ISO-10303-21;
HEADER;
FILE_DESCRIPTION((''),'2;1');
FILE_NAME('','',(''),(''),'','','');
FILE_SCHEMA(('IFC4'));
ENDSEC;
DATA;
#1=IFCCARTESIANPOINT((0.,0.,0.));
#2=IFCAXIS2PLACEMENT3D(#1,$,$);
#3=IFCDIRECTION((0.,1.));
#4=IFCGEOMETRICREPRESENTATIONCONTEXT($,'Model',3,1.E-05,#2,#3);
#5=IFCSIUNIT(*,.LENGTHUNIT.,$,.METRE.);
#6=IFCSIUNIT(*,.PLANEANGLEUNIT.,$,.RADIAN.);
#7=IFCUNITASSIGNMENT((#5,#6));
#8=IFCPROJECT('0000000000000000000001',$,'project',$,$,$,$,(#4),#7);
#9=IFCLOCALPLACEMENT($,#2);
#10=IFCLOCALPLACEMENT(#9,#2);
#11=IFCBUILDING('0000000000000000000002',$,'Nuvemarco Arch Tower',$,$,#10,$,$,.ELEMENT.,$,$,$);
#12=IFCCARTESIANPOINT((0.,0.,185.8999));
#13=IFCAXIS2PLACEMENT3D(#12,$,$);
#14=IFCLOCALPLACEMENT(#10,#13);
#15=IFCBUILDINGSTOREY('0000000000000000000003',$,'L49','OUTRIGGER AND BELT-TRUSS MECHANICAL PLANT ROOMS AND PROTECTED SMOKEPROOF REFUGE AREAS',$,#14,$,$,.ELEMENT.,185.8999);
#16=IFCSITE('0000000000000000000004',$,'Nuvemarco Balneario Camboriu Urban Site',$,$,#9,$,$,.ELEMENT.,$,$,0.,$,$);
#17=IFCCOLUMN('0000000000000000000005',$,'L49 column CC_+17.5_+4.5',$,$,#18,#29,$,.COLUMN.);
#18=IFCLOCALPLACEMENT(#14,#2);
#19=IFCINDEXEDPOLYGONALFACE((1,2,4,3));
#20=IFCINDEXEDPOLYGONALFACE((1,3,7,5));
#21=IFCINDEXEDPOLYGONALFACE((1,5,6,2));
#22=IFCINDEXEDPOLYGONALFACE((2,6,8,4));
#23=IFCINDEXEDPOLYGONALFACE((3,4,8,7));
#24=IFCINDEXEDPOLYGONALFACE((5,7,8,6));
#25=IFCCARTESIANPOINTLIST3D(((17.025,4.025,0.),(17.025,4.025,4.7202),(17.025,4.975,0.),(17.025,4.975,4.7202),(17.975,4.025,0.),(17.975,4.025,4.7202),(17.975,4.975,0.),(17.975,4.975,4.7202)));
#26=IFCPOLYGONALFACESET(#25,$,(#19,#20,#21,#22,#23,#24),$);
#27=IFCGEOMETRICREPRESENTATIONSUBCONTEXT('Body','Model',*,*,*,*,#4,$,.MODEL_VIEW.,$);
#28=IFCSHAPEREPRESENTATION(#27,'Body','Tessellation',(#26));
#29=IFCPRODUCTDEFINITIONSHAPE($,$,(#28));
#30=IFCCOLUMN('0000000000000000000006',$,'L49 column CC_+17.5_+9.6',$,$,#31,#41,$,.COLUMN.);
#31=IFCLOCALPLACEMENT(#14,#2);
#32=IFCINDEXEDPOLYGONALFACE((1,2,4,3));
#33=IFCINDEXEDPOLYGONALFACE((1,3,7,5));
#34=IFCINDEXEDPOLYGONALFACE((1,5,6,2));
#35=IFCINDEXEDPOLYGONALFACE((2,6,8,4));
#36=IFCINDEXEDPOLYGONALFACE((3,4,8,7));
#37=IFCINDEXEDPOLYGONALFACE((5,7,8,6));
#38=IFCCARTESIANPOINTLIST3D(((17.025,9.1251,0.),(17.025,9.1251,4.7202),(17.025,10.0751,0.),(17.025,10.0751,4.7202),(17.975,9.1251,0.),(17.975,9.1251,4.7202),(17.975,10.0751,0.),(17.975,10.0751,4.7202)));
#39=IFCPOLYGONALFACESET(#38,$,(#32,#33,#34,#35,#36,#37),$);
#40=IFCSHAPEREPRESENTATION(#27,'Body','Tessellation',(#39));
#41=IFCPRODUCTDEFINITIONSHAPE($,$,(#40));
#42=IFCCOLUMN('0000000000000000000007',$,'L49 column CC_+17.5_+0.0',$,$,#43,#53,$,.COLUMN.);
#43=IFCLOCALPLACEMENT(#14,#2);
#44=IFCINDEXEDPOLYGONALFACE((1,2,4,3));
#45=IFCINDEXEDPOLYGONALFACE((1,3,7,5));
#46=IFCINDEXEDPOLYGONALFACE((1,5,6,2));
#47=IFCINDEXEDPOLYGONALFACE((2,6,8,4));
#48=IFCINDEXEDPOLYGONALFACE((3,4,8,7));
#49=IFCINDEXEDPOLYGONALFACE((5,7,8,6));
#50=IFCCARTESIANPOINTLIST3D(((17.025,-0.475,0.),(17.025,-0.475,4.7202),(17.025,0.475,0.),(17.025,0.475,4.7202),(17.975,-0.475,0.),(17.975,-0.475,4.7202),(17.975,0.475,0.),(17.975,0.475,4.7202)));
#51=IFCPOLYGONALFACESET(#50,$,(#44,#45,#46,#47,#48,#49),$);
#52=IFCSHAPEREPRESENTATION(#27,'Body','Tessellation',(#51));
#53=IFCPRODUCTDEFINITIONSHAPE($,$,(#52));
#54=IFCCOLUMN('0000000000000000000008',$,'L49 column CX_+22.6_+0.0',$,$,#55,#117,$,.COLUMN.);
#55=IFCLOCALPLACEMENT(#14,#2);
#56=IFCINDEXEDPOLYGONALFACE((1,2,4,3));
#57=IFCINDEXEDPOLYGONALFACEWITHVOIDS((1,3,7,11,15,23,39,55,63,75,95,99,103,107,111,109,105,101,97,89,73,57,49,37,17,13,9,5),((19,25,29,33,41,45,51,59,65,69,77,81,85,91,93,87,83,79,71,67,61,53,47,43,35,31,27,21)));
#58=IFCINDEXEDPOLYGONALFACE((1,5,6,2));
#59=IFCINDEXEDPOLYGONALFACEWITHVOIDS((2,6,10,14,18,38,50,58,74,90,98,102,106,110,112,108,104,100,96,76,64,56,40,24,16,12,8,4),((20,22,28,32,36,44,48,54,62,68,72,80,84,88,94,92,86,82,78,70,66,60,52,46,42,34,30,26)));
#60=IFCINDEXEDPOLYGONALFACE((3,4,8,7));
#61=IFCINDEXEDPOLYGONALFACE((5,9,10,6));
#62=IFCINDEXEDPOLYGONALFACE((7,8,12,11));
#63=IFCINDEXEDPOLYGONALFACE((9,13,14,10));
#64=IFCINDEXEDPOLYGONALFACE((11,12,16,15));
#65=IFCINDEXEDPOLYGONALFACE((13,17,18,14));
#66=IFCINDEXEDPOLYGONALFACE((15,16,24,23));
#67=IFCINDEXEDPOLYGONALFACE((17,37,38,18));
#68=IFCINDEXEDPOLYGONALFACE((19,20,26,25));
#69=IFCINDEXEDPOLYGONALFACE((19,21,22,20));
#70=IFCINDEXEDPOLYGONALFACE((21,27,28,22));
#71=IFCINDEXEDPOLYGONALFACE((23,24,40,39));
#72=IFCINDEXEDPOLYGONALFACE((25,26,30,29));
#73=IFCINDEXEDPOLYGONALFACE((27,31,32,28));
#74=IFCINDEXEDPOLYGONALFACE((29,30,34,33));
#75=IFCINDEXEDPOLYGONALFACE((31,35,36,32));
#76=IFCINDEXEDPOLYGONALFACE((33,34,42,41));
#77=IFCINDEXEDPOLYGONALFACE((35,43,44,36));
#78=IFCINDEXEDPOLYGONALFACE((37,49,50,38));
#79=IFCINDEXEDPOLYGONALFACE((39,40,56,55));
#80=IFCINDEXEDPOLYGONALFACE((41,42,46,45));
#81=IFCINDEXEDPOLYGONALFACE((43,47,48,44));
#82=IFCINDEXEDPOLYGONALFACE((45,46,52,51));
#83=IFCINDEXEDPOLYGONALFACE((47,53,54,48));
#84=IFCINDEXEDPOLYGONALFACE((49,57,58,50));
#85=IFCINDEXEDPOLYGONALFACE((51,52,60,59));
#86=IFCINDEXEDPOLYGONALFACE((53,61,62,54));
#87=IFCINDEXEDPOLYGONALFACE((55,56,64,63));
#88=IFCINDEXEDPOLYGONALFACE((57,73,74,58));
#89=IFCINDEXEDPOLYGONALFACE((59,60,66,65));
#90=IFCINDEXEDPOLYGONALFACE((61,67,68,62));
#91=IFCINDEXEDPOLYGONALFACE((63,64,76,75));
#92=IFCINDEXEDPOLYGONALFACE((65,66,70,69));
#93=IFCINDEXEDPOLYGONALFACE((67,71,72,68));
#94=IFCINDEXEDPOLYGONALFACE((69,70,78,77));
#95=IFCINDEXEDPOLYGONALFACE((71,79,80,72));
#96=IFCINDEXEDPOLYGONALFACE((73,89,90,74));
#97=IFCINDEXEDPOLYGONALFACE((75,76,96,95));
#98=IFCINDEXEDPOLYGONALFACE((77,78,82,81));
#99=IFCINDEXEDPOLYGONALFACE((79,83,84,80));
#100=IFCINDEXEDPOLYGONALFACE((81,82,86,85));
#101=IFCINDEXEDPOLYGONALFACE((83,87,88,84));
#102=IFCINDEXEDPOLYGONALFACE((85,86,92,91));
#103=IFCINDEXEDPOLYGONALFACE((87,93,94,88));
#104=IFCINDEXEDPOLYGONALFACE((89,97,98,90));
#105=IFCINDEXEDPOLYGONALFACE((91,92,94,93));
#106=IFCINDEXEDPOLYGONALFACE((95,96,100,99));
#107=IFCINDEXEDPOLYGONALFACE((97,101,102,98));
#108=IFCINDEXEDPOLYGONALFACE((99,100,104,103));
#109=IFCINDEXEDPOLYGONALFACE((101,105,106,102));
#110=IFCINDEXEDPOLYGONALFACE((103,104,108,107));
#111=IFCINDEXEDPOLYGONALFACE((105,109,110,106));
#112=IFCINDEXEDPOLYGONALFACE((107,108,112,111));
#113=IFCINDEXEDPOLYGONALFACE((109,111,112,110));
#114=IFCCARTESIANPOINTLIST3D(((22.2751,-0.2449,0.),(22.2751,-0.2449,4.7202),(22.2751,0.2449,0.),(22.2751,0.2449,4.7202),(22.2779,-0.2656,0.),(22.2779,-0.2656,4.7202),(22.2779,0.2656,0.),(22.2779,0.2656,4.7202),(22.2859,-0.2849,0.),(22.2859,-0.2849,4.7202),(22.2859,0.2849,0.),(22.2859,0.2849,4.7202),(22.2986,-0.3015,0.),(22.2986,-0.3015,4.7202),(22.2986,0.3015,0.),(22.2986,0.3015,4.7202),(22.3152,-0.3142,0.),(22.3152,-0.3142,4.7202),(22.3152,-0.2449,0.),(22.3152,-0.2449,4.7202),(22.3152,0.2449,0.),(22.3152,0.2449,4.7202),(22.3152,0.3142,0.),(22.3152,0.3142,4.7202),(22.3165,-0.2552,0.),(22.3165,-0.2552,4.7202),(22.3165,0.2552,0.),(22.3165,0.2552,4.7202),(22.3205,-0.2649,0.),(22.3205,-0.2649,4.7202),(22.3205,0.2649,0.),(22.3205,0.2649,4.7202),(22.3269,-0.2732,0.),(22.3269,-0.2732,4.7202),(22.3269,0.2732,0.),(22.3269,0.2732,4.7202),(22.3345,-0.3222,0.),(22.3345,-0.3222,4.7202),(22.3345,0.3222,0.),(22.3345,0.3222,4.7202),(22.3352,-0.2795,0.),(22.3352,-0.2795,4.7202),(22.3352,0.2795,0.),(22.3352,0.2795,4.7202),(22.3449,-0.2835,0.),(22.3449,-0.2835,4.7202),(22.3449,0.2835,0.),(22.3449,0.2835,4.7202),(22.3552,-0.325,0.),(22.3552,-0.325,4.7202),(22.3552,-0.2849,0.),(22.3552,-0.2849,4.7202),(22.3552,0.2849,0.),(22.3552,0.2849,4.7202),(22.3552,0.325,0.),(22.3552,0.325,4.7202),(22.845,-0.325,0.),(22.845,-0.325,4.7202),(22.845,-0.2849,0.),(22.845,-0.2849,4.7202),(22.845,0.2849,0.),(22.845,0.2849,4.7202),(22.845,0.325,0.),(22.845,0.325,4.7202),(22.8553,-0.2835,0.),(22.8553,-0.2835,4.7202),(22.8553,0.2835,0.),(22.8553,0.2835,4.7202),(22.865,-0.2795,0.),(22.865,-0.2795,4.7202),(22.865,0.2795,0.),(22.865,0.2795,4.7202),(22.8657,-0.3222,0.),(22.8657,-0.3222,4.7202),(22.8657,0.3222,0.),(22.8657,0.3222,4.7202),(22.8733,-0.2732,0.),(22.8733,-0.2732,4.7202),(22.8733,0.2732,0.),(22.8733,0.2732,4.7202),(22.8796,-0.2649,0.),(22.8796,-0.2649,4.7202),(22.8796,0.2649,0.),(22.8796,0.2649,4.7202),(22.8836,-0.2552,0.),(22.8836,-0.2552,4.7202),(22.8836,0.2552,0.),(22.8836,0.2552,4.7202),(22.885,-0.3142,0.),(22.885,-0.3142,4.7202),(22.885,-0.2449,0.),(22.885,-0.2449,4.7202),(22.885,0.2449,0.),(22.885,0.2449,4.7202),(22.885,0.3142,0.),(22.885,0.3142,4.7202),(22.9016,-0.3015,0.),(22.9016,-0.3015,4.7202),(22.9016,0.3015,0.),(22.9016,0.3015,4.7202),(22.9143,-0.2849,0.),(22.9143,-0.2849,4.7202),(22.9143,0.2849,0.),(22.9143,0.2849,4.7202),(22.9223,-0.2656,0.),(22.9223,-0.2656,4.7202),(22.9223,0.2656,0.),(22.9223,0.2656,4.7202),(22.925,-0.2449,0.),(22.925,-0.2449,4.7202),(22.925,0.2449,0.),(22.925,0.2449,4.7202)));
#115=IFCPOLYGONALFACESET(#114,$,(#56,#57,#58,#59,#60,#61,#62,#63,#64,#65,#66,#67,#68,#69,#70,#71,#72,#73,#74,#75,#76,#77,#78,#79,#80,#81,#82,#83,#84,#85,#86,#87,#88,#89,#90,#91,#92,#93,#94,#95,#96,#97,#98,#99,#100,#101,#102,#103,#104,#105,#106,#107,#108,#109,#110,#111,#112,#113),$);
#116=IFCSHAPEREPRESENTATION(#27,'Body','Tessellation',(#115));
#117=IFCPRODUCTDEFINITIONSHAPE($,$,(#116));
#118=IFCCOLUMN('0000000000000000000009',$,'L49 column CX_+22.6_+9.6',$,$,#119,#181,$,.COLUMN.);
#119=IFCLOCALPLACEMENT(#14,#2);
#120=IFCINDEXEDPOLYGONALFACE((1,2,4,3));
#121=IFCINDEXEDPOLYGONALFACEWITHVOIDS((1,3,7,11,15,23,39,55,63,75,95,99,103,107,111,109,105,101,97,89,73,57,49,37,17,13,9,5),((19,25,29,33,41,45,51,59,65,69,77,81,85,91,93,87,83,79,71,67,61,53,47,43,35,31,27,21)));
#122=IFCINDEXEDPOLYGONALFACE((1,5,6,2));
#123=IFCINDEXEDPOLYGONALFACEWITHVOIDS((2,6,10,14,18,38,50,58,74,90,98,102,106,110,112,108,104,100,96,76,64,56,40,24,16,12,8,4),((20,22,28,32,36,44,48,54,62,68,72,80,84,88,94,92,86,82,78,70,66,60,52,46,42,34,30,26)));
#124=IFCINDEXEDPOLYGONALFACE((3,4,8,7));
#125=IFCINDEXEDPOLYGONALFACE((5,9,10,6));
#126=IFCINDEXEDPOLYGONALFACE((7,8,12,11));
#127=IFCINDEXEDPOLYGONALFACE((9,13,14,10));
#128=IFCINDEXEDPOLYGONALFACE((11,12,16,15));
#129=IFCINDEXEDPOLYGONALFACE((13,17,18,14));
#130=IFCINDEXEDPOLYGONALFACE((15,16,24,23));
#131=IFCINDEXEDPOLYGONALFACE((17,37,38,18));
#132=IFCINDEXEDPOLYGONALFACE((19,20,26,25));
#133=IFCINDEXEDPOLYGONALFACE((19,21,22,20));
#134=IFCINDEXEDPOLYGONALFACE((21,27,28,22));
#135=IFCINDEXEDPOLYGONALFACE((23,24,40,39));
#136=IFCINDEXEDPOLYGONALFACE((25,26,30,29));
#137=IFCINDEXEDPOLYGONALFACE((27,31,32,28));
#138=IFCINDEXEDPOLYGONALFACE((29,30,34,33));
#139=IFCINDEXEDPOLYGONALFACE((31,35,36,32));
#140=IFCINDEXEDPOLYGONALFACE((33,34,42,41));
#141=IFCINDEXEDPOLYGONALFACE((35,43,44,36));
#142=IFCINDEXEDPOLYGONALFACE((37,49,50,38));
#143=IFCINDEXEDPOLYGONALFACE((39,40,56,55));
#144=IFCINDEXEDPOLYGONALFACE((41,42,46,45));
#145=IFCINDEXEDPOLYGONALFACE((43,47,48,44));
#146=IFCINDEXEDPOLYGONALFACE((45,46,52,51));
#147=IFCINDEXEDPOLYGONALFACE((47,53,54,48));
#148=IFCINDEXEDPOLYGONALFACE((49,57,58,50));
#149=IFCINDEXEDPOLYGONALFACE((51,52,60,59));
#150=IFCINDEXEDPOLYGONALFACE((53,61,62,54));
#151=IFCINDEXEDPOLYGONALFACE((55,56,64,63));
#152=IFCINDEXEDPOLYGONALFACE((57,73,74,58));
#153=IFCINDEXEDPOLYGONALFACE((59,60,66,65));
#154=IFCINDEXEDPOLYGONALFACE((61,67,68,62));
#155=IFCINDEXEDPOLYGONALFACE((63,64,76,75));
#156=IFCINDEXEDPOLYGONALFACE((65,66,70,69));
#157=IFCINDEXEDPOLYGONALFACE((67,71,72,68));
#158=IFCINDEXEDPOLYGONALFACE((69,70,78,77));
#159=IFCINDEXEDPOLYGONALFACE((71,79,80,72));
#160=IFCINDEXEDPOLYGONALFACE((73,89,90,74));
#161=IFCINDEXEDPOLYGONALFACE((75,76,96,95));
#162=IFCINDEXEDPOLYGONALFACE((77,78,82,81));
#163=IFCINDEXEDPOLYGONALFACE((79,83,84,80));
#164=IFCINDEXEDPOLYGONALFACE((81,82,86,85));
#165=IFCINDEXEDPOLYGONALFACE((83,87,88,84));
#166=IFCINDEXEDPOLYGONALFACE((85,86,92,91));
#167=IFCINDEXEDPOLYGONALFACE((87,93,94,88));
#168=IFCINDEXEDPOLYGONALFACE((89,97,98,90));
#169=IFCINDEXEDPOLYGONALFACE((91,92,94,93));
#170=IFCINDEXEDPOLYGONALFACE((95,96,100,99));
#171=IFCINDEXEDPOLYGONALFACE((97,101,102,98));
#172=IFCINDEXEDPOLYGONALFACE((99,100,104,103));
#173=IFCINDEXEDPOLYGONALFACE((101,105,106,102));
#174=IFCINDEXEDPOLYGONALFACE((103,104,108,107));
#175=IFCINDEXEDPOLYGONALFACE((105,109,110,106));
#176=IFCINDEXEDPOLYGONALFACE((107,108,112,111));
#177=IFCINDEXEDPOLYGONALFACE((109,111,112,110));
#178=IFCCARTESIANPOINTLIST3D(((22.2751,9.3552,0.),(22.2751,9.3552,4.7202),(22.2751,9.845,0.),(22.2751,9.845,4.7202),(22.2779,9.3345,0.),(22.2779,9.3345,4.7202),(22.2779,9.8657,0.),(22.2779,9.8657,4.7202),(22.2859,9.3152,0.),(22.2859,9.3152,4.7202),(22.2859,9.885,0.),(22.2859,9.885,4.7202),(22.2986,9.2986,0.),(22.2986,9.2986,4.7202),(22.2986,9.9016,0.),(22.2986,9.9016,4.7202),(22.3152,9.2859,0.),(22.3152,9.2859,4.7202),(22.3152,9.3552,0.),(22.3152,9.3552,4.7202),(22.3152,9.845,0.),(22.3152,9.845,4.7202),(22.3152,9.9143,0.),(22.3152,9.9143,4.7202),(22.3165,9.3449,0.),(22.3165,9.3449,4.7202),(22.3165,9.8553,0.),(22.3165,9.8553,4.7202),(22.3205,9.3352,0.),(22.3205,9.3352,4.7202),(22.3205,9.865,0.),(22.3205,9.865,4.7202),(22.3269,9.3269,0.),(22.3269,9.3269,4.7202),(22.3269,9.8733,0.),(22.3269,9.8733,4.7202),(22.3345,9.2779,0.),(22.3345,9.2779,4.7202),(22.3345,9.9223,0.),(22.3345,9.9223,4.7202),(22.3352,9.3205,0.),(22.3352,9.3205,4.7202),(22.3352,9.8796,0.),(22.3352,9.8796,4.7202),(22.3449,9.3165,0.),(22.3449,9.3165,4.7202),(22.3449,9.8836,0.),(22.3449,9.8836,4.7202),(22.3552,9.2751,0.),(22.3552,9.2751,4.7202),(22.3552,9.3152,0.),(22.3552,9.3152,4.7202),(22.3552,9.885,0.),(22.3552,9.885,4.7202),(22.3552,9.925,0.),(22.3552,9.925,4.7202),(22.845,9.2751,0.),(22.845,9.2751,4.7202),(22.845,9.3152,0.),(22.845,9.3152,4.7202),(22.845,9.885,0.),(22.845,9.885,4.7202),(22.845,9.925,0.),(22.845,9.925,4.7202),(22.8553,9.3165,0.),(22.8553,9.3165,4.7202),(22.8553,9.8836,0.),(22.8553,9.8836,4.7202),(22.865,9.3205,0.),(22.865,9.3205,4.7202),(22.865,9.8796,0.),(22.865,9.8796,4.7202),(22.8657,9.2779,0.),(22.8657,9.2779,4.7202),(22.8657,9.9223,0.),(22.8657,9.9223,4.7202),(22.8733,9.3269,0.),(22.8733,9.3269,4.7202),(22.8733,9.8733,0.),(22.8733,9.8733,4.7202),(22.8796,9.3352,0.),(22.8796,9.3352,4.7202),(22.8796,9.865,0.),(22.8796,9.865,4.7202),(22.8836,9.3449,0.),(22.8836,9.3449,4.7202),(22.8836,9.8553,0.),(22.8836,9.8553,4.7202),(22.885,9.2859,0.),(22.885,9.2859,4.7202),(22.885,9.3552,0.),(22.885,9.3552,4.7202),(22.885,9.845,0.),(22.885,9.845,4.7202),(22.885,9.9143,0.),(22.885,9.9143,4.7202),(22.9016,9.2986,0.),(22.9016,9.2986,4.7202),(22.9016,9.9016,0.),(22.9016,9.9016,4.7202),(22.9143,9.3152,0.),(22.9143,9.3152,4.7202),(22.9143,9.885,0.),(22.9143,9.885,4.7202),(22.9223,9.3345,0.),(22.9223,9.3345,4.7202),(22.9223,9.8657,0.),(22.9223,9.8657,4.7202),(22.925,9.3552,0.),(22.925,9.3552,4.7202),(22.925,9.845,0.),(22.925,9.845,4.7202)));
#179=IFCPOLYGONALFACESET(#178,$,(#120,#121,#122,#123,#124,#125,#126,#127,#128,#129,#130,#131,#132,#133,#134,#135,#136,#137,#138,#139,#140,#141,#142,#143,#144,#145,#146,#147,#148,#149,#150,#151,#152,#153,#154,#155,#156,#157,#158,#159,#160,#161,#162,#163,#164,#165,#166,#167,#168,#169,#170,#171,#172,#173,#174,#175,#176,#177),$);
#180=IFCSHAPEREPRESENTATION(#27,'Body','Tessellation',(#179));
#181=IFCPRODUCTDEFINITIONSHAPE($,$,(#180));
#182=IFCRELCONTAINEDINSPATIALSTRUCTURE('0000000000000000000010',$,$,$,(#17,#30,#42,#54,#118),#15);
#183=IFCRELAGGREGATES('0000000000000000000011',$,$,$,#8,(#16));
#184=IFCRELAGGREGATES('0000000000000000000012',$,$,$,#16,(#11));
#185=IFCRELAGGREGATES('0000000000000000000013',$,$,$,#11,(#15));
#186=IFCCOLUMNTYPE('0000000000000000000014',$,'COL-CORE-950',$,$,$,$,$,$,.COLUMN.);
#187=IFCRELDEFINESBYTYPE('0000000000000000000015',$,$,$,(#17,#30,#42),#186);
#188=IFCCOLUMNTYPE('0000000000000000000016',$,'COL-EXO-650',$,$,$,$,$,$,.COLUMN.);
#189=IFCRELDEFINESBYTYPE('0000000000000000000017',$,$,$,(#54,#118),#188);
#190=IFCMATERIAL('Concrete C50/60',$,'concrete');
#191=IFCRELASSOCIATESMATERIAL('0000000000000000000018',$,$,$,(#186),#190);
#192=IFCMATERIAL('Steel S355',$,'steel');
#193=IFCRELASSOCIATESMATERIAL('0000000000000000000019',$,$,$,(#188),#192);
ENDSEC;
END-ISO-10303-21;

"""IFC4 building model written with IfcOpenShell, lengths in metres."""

from ifc_helpers import new_model, si_unit, direction, frame, origin, origin_2d, place, context, subcontext, project, spatial, rectangle, hollow_rectangle, extrude, material, material_profile, profile_set, type_object, element, save


model = new_model("IFC4")

# Units and contexts
model_context = context("Model", 3, precision=1e-05, world=origin(), true_north=direction((0.0, 1.0)))
body_context = subcontext(model_context, "Body", "Model", "MODEL_VIEW")
ifc_project = project(units=[si_unit("LENGTHUNIT", "METRE"), si_unit("PLANEANGLEUNIT", "RADIAN")], contexts=[model_context])

# Site, building, storey
site_placement = place(None, origin())
site = spatial("IfcSite", under=ifc_project, at=site_placement, Name="Nuvemarco Balneario Camboriu Urban Site", CompositionType="ELEMENT", RefElevation=0.0)
building_placement = place(site_placement, origin())
building = spatial("IfcBuilding", under=site, at=building_placement, Name="Nuvemarco Arch Tower", CompositionType="ELEMENT")
storey_placement = place(building_placement, frame((0.0, 0.0, 185.8999)))
storey = spatial("IfcBuildingStorey", under=building, at=storey_placement, Name="L49", Description="OUTRIGGER AND BELT-TRUSS MECHANICAL PLANT ROOMS AND PROTECTED SMOKEPROOF REFUGE AREAS", CompositionType="ELEMENT", Elevation=185.8999)

# Columns
ifc_material_1 = material(Name="Concrete C50/60", Category="concrete")
ifc_material_profile_1 = material_profile(ifc_material_1, rectangle(XDim=0.95, YDim=0.95, at=origin_2d()), Name="RC-COL-950x950")
ifc_profile_set_1 = profile_set([ifc_material_profile_1], Name="Concrete C50/60")
column_type_1 = type_object("IfcColumnType", Name="COL-CORE-950", PredefinedType="COLUMN", material=ifc_profile_set_1)
for number, where, z_axis, x_axis, name in (
    (1, (17.5, 4.5, 0.0), (0.0, 0.0, 1.0), (1.0, 0.0, 0.0), "L49 column CC_+17.5_+4.5"),
    (2, (17.5, 9.6001, 0.0), (0.0, 0.0, 1.0), (1.0, 0.0, 0.0), "L49 column CC_+17.5_+9.6"),
    (3, (17.5, 0.0, 0.0), (0.0, 0.0, 1.0), (1.0, 0.0, 0.0), "L49 column CC_+17.5_+0.0"),
):
    element("IfcColumn", number, at=place(storey_placement, frame(where, z_axis=z_axis, x_axis=x_axis)), inside=storey, type_object=column_type_1, Name=name, PredefinedType="COLUMN", context=body_context, shape_type="SweptSolid", body=[
        extrude(rectangle(XDim=0.95, YDim=0.95, at=origin_2d()), origin(), (0.0, 0.0, 1.0), 4.7202),
    ])
ifc_material_2 = material(Name="Steel S355", Category="steel")
ifc_material_profile_2 = material_profile(ifc_material_2, hollow_rectangle(XDim=0.6499, YDim=0.6499, WallThickness=0.04, InnerFilletRadius=0.04, OuterFilletRadius=0.0801, at=origin_2d()), Name="SHS650x650x40")
ifc_profile_set_2 = profile_set([ifc_material_profile_2], Name="Steel S355")
column_type_2 = type_object("IfcColumnType", Name="COL-EXO-650", PredefinedType="COLUMN", material=ifc_profile_set_2)
for number, where, z_axis, x_axis, name in (
    (4, (22.6001, 0.0, 0.0), (0.0, 0.0, 1.0), (1.0, 0.0, 0.0), "L49 column CX_+22.6_+0.0"),
    (5, (22.6001, 9.6001, 0.0), (0.0, 0.0, 1.0), (1.0, 0.0, 0.0), "L49 column CX_+22.6_+9.6"),
):
    element("IfcColumn", number, at=place(storey_placement, frame(where, z_axis=z_axis, x_axis=x_axis)), inside=storey, type_object=column_type_2, Name=name, PredefinedType="COLUMN", context=body_context, shape_type="SweptSolid", body=[
        extrude(hollow_rectangle(XDim=0.6499, YDim=0.6499, WallThickness=0.04, InnerFilletRadius=0.04, OuterFilletRadius=0.0801, at=origin_2d()), origin(), (0.0, 0.0, 1.0), 4.7202),
    ])

save(model, "model.ifc")
